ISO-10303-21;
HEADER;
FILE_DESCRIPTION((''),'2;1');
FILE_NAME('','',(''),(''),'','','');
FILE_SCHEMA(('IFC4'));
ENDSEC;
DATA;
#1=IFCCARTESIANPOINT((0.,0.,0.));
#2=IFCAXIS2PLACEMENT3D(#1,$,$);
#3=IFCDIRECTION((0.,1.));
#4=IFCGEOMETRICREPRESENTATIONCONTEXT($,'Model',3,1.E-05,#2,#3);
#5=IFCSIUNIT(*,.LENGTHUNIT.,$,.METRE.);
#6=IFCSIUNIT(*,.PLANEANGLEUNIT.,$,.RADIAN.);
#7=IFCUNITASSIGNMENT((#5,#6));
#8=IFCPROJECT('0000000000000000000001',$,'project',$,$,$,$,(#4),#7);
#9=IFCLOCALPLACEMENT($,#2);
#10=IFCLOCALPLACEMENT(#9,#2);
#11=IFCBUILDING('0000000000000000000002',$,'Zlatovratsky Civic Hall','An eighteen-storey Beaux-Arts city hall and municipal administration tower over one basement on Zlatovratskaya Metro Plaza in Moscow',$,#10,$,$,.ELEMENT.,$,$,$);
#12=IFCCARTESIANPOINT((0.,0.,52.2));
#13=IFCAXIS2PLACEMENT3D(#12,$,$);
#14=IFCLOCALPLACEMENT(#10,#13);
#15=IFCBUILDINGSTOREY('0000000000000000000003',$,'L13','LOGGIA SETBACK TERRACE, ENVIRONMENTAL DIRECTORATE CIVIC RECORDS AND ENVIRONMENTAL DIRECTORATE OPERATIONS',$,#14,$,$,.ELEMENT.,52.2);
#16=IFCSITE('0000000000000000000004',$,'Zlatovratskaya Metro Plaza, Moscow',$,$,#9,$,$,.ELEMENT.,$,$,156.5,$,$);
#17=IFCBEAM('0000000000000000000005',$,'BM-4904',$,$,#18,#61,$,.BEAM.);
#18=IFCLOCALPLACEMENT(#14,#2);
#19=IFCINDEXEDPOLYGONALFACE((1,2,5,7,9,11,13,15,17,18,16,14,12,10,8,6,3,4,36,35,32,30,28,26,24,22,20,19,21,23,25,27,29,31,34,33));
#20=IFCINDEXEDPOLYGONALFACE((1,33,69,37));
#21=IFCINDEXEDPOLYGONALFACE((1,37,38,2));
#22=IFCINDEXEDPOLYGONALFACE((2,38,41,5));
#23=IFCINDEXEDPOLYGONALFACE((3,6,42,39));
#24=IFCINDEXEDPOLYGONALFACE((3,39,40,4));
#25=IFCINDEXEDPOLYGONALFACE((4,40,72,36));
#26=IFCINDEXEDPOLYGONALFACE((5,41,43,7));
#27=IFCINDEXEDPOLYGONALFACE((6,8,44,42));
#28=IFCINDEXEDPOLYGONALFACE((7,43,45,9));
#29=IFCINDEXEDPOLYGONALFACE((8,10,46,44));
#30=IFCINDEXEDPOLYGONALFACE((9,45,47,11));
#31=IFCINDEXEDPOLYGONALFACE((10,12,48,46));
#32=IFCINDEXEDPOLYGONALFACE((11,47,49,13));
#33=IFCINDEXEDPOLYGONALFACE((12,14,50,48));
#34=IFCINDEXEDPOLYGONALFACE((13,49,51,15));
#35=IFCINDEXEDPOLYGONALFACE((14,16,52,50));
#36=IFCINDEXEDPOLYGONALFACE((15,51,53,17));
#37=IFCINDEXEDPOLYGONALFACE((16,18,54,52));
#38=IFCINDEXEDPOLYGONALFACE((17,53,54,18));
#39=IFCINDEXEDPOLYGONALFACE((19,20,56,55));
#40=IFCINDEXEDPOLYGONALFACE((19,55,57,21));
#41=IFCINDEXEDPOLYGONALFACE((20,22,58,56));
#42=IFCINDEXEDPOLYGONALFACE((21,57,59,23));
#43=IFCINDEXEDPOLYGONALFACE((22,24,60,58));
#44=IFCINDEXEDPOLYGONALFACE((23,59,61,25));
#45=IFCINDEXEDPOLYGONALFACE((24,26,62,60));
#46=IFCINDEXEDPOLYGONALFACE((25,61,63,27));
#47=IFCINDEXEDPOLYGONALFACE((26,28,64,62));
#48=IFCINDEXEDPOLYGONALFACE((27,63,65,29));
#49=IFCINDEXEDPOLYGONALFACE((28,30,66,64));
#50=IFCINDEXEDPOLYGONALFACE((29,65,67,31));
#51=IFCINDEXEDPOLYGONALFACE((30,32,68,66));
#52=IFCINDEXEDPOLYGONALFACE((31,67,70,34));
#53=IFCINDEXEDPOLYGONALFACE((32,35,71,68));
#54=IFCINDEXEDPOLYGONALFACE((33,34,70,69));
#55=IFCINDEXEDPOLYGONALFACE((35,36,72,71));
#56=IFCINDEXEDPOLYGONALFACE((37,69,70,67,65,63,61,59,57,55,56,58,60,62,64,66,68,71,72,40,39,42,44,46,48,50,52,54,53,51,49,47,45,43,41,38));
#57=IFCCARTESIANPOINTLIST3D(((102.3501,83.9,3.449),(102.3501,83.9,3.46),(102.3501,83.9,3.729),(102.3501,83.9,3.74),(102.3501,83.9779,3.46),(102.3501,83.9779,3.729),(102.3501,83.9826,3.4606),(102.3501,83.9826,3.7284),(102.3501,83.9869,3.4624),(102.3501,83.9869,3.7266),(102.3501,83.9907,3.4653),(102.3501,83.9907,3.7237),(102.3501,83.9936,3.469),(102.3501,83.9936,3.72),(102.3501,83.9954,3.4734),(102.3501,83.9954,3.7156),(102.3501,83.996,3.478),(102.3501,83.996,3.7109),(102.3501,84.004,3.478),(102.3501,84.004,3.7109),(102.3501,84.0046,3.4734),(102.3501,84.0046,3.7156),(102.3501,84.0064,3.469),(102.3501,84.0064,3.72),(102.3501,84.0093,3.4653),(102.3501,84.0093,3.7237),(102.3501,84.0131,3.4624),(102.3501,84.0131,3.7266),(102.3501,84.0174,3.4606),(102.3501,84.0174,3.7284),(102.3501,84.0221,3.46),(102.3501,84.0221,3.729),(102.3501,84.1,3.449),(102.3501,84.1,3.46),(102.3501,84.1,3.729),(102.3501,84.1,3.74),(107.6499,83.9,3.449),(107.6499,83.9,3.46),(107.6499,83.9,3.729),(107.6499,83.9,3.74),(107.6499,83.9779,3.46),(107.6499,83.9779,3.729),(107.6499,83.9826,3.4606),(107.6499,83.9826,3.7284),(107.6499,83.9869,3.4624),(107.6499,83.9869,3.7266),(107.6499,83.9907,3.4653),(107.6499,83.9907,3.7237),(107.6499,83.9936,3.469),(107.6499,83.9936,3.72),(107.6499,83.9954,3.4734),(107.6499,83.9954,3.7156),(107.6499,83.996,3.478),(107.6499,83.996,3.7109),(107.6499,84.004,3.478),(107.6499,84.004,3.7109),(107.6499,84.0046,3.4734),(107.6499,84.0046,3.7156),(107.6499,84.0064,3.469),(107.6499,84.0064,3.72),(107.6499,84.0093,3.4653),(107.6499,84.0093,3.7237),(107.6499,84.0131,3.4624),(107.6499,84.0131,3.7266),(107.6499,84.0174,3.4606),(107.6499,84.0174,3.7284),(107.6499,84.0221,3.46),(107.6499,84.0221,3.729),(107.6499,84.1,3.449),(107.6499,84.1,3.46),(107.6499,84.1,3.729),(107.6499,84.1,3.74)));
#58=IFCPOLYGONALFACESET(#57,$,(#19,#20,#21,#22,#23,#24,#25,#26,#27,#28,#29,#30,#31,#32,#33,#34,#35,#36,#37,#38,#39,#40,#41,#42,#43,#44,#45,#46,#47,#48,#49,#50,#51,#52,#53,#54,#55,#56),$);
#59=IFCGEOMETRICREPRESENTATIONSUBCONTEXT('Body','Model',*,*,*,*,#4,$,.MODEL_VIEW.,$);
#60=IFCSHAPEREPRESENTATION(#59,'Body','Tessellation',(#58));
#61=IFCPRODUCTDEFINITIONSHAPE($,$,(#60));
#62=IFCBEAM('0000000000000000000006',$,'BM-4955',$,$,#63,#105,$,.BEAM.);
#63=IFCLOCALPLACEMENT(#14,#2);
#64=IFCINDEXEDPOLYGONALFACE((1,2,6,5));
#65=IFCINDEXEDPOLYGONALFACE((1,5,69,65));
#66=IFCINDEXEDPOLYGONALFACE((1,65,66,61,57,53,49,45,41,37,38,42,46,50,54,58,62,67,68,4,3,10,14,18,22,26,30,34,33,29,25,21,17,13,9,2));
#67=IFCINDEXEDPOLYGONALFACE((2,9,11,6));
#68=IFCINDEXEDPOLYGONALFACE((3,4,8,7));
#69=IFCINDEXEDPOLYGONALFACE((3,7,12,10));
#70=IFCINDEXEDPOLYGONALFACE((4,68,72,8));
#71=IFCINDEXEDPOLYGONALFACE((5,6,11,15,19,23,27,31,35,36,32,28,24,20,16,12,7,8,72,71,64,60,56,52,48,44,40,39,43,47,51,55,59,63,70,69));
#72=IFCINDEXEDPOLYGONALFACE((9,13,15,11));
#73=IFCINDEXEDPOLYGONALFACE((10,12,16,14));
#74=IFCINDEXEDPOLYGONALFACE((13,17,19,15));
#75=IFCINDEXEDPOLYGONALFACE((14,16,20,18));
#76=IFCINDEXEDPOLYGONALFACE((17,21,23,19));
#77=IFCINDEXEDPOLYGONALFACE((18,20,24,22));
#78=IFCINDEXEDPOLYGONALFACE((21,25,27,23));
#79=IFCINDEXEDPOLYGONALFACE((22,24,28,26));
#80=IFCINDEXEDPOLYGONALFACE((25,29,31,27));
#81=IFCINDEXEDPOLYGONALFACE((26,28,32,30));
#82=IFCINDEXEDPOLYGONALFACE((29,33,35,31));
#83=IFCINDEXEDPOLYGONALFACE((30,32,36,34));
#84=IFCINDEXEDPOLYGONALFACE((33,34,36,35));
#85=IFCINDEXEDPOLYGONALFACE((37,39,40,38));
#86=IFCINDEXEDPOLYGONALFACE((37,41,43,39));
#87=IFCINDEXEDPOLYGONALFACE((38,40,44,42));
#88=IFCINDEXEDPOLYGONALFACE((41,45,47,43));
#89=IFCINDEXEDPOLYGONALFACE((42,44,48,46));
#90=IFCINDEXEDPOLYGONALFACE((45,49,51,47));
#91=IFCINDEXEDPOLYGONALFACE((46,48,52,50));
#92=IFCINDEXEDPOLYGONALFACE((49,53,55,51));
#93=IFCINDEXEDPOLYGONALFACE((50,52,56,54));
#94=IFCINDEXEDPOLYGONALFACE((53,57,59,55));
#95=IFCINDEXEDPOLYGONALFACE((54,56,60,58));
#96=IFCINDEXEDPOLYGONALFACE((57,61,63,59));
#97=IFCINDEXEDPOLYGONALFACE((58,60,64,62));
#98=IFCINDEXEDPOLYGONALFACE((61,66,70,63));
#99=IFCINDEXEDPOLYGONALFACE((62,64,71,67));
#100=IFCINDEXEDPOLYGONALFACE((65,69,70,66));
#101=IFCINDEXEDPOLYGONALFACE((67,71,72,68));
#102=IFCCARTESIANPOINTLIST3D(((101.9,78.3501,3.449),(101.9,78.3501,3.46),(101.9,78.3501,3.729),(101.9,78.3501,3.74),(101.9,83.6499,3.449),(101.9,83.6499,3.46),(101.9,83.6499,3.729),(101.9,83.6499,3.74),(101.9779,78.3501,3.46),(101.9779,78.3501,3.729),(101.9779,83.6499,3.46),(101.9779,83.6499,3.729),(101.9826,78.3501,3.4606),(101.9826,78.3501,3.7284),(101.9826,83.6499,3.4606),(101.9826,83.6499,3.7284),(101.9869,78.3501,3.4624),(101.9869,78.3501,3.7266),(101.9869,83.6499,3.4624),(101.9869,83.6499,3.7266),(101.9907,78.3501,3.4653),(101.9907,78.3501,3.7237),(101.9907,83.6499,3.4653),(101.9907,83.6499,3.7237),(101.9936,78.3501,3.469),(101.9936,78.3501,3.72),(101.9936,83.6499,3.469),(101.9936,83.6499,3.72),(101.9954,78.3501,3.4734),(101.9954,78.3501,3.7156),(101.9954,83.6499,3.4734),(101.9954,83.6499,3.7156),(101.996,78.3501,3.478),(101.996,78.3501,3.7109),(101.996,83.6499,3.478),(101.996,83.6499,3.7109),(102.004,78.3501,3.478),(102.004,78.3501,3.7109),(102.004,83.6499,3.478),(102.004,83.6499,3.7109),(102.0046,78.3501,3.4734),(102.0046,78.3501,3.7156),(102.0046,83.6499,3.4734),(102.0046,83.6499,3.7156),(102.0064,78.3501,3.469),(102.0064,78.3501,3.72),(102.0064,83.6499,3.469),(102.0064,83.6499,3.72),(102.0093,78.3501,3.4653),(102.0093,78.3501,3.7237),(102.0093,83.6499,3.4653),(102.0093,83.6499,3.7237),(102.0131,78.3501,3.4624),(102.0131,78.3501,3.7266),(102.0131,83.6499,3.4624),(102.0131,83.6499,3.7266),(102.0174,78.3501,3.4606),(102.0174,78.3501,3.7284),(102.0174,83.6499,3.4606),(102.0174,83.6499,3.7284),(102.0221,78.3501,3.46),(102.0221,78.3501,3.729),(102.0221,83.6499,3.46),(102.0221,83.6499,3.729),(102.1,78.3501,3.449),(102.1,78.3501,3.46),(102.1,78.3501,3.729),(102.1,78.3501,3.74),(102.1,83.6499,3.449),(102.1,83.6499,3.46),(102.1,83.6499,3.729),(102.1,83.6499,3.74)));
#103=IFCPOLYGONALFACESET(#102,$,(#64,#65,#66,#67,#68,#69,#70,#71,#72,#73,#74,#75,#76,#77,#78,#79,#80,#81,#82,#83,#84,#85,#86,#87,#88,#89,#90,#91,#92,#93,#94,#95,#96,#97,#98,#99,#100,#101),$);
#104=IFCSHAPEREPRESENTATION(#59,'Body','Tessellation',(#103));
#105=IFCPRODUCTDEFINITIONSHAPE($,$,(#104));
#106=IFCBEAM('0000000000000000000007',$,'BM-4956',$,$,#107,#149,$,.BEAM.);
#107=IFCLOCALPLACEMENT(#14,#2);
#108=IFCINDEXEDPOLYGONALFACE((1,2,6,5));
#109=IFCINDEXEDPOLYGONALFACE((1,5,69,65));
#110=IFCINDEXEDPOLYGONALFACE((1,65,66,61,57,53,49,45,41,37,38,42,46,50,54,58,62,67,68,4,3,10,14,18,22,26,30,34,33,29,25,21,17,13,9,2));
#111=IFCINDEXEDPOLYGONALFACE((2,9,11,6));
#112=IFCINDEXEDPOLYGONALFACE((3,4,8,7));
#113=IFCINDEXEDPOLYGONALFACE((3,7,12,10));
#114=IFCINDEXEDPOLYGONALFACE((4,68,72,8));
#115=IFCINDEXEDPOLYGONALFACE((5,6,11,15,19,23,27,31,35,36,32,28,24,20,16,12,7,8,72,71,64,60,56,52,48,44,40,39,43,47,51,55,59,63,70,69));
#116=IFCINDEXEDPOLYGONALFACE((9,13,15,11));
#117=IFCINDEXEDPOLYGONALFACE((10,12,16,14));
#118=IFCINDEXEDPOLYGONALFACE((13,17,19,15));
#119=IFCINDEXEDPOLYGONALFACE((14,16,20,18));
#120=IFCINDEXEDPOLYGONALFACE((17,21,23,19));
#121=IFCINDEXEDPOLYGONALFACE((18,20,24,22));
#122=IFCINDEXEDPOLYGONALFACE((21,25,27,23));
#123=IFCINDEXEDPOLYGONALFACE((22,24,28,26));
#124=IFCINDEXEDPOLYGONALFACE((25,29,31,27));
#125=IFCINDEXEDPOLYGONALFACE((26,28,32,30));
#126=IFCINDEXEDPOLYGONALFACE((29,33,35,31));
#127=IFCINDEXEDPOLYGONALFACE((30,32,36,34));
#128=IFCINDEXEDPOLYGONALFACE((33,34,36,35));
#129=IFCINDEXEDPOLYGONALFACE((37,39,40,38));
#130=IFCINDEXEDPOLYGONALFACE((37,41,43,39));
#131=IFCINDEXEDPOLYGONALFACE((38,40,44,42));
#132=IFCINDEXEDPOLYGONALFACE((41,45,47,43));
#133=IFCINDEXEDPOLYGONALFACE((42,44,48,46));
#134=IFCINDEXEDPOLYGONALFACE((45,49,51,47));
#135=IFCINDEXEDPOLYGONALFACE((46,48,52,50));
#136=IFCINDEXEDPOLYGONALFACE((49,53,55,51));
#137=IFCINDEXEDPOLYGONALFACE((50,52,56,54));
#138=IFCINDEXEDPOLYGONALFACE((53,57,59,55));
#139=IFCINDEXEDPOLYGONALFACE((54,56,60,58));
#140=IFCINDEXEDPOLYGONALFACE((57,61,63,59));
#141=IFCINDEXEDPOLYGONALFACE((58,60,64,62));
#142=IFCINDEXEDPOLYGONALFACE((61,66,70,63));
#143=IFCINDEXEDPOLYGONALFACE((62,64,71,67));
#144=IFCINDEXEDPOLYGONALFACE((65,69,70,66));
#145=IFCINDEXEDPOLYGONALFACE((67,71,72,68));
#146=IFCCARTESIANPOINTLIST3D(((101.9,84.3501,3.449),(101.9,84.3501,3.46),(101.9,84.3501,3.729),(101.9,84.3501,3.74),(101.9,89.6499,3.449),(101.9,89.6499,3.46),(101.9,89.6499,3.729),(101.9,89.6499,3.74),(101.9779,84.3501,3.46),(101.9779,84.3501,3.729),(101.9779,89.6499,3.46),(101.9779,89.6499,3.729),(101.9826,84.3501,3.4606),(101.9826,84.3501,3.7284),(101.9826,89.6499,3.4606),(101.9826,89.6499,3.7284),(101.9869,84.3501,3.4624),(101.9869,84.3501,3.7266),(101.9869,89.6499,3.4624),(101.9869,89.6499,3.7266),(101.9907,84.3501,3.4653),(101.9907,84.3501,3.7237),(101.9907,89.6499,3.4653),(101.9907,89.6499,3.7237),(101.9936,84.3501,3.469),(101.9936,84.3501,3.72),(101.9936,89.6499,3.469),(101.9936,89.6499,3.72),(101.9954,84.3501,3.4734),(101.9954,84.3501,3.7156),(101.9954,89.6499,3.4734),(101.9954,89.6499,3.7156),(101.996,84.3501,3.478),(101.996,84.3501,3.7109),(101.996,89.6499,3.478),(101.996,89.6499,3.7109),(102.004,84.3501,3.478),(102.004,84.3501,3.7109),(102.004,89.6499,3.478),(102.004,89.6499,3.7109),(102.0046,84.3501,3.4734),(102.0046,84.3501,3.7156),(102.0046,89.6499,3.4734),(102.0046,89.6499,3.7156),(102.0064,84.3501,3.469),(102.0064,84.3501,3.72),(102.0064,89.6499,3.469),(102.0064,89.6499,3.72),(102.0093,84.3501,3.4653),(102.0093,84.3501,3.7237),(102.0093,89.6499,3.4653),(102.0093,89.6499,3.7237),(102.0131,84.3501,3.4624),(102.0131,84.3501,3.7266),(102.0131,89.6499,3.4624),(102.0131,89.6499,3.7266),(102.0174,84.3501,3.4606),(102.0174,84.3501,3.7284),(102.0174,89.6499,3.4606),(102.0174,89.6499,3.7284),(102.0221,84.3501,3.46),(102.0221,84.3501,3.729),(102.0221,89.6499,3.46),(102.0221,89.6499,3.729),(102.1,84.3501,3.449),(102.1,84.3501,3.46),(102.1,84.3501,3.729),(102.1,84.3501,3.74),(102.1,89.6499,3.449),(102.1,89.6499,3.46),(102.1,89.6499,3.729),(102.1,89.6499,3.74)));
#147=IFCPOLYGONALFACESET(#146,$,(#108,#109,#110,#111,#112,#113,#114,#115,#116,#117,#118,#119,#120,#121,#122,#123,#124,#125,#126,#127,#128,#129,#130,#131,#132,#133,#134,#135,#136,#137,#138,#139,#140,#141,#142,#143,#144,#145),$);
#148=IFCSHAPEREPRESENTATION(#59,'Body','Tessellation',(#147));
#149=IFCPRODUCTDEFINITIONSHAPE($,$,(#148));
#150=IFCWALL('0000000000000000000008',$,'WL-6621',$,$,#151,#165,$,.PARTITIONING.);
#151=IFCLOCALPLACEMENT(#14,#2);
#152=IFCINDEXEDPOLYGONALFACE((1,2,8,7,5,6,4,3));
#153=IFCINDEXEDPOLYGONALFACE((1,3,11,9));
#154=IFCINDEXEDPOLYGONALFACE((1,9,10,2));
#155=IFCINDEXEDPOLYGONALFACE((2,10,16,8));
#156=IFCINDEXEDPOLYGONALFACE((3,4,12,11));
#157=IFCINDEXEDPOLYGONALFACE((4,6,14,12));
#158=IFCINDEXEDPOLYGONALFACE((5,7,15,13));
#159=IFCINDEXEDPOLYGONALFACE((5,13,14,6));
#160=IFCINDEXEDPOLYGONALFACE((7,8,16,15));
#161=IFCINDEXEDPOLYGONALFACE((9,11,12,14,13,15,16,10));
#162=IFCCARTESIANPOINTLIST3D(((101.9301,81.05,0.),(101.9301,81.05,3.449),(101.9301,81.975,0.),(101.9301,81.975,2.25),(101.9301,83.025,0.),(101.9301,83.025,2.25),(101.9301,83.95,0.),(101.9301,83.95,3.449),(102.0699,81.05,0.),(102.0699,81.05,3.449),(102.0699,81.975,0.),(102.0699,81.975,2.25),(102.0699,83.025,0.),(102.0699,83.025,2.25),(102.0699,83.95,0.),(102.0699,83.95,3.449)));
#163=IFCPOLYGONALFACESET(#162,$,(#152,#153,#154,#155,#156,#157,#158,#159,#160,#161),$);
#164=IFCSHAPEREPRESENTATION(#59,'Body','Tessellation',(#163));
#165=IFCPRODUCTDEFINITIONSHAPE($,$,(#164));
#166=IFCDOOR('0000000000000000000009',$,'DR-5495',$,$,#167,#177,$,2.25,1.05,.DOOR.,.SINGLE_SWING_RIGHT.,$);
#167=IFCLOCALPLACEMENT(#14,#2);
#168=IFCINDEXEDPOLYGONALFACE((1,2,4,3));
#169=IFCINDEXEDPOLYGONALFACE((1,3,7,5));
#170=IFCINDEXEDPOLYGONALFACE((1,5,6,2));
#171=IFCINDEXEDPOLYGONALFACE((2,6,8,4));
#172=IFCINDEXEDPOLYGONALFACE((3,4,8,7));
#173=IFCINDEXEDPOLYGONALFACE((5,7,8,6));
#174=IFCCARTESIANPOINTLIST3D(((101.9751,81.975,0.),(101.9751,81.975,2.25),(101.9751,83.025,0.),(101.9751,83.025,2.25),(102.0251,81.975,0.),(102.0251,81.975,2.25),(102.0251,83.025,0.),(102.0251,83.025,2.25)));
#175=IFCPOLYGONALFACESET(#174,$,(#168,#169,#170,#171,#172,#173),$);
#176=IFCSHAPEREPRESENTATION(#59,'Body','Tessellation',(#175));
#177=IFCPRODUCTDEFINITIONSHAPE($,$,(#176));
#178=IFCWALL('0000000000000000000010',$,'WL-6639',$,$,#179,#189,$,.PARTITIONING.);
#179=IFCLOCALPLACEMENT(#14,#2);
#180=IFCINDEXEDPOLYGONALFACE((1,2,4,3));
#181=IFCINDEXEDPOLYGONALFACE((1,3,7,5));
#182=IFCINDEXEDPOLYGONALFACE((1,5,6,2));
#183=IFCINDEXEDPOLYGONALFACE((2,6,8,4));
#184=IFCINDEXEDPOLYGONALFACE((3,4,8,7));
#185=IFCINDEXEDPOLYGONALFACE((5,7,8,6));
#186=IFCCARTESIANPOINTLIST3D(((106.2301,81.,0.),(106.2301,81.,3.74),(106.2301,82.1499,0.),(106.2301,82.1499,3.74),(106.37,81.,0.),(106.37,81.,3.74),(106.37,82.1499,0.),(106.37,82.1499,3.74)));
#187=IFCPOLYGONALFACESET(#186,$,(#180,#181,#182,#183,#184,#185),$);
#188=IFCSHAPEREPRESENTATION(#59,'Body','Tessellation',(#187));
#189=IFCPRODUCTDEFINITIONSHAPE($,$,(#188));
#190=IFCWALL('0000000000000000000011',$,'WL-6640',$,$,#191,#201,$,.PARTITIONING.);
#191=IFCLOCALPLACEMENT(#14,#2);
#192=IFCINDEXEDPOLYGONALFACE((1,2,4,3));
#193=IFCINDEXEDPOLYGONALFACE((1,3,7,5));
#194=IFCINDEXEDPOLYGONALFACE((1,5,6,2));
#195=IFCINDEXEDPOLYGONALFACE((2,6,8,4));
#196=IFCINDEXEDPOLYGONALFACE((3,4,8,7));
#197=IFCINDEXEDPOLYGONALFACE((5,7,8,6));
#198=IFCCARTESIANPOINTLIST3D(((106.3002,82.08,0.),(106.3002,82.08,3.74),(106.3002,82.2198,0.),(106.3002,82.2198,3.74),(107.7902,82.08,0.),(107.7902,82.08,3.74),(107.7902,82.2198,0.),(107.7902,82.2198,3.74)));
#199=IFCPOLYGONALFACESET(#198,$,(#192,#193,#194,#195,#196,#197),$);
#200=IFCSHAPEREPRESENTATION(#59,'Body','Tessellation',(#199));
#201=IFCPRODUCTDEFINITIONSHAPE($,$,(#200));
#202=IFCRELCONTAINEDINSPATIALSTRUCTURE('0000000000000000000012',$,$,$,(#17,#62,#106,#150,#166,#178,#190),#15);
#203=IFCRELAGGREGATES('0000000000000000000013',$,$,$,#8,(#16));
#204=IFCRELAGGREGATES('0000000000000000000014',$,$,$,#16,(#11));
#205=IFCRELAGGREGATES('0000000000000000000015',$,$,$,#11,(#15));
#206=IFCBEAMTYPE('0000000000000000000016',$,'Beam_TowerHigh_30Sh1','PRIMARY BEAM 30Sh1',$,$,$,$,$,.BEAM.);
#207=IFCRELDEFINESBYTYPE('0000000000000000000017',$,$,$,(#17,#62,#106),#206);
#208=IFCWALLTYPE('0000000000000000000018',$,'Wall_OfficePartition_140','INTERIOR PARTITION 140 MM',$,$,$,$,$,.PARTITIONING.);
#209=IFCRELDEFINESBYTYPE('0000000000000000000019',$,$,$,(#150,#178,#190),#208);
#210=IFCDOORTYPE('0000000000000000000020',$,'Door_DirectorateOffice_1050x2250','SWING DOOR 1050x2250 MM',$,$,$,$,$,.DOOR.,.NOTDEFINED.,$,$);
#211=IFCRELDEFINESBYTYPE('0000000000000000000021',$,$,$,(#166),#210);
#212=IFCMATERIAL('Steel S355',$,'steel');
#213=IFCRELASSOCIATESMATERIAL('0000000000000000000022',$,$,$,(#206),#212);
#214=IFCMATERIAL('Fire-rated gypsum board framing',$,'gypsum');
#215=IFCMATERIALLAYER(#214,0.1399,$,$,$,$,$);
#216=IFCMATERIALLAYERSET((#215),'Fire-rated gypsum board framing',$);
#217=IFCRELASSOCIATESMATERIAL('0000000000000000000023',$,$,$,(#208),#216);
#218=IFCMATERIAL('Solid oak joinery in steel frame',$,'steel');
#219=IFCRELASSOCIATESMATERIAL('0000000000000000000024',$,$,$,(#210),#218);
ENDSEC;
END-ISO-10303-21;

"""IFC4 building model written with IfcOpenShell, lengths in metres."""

from ifc_helpers import new_model, si_unit, direction, frame, frame_2d, origin, origin_2d, place, context, subcontext, project, spatial, rectangle, i_section, extrude, material, layer, layer_set, material_profile, profile_set, type_object, element, fill, save


model = new_model("IFC4")

# Units and contexts
model_context = context("Model", 3, precision=1e-05, world=origin(), true_north=direction((0.0, 1.0)))
body_context = subcontext(model_context, "Body", "Model", "MODEL_VIEW")
ifc_project = project(units=[si_unit("LENGTHUNIT", "METRE"), si_unit("PLANEANGLEUNIT", "RADIAN")], contexts=[model_context])

# Site, building, storey
site_placement = place(None, origin())
site = spatial("IfcSite", under=ifc_project, at=site_placement, Name="Zlatovratskaya Metro Plaza, Moscow", CompositionType="ELEMENT", RefElevation=156.5)
building_placement = place(site_placement, origin())
building = spatial("IfcBuilding", under=site, at=building_placement, Name="Zlatovratsky Civic Hall", Description="An eighteen-storey Beaux-Arts city hall and municipal administration tower over one basement on Zlatovratskaya Metro Plaza in Moscow", CompositionType="ELEMENT")
storey_placement = place(building_placement, frame((0.0, 0.0, 52.2)))
storey = spatial("IfcBuildingStorey", under=building, at=storey_placement, Name="L13", Description="LOGGIA SETBACK TERRACE, ENVIRONMENTAL DIRECTORATE CIVIC RECORDS AND ENVIRONMENTAL DIRECTORATE OPERATIONS", CompositionType="ELEMENT", Elevation=52.2)

# Beams
ifc_material_1 = material(Name="Steel S355", Category="steel")
ifc_material_profile_1 = material_profile(ifc_material_1, i_section(OverallWidth=0.2, OverallDepth=0.291, WebThickness=0.0081, FlangeThickness=0.011, FilletRadius=0.0181, at=origin_2d()), Name="30Sh1")
ifc_profile_set_1 = profile_set([ifc_material_profile_1], Name="Steel S355")
beam_type_1 = type_object("IfcBeamType", Name="Beam_TowerHigh_30Sh1", Description="PRIMARY BEAM 30Sh1", PredefinedType="BEAM", material=ifc_profile_set_1)
for number, where, z_axis, x_axis, name in (
    (1, (102.3501, 84.0, 3.5945), (1.0, 0.0, 0.0), (0.0, 1.0, 0.0), "BM-4904"),
    (2, (102.0, 78.3501, 3.5945), (0.0, 1.0, 0.0), (-1.0, 0.0, 0.0), "BM-4955"),
    (3, (102.0, 84.3501, 3.5945), (0.0, 1.0, 0.0), (-1.0, 0.0, 0.0), "BM-4956"),
):
    element("IfcBeam", number, at=place(storey_placement, frame(where, z_axis=z_axis, x_axis=x_axis)), inside=storey, type_object=beam_type_1, Name=name, PredefinedType="BEAM", context=body_context, shape_type="SweptSolid", body=[
        extrude(i_section(OverallWidth=0.2, OverallDepth=0.291, WebThickness=0.0081, FlangeThickness=0.011, FilletRadius=0.0181, at=origin_2d()), origin(), (0.0, 0.0, 1.0), 5.2998),
    ])

# Wall, opening, door
ifc_material_2 = material(Name="Fire-rated gypsum board framing", Category="gypsum")
ifc_layer_1 = layer(ifc_material_2, 0.1399)
ifc_layer_set_1 = layer_set([ifc_layer_1], Name="Fire-rated gypsum board framing")
wall_type_1 = type_object("IfcWallType", Name="Wall_OfficePartition_140", Description="INTERIOR PARTITION 140 MM", PredefinedType="PARTITIONING", material=ifc_layer_set_1)
wall_1_placement = place(storey_placement, frame((102.0, 81.05, 0.0), z_axis=(0.0, 0.0, 1.0), x_axis=(0.0, 1.0, 0.0)))
wall_1 = element("IfcWall", 4, at=wall_1_placement, inside=storey, type_object=wall_type_1, Name="WL-6621", PredefinedType="PARTITIONING", context=body_context, shape_type="SweptSolid", body=[
    extrude(rectangle(XDim=2.8999, YDim=0.1399, at=frame_2d((1.45, 0.0))), origin(), (0.0, 0.0, 1.0), 3.449),
])
opening_1_placement = place(wall_1_placement, frame((0.925, 0.0, 0.0)))
opening_1 = element("IfcOpeningElement", 5, at=opening_1_placement, cuts=wall_1, PredefinedType="OPENING", context=body_context, shape_type="SweptSolid", body=[
    extrude(rectangle(XDim=1.05, YDim=2.25, at=frame_2d((0.5249, 1.125))), frame((0.0, 0.085, 0.0), z_axis=(0.0, -1.0, 0.0), x_axis=(1.0, 0.0, 0.0)), (0.0, 0.0, 1.0), 0.1697),
])
ifc_material_3 = material(Name="Solid oak joinery in steel frame", Category="steel")
door_type = type_object("IfcDoorType", Name="Door_DirectorateOffice_1050x2250", Description="SWING DOOR 1050x2250 MM", OperationType="NOTDEFINED", PredefinedType="DOOR", material=ifc_material_3)
door_placement = place(opening_1_placement, origin())
door = element("IfcDoor", 6, at=door_placement, inside=storey, type_object=door_type, Name="DR-5495", OperationType="SINGLE_SWING_RIGHT", OverallHeight=2.25, OverallWidth=1.05, PredefinedType="DOOR", context=body_context, shape_type="SweptSolid", body=[
    extrude(rectangle(XDim=1.05, YDim=2.25, at=frame_2d((0.5249, 1.125))), frame((0.0, 0.0249, 0.0), z_axis=(0.0, -1.0, 0.0), x_axis=(1.0, 0.0, 0.0)), (0.0, 0.0, 1.0), 0.05),
])
fill(opening_1, door)

# Walls
wall_2_placement = place(storey_placement, frame((106.3, 81.0, 0.0), z_axis=(0.0, 0.0, 1.0), x_axis=(0.0, 1.0, 0.0)))
element("IfcWall", 7, at=wall_2_placement, inside=storey, type_object=wall_type_1, Name="WL-6639", PredefinedType="PARTITIONING", context=body_context, shape_type="SweptSolid", body=[
    extrude(rectangle(XDim=1.1499, YDim=0.1399, at=frame_2d((0.575, 0.0))), origin(), (0.0, 0.0, 1.0), 3.74),
])
wall_3_placement = place(storey_placement, frame((106.3, 82.1499, 0.0), z_axis=(0.0, 0.0, 1.0), x_axis=(1.0, 0.0, 0.0)))
element("IfcWall", 8, at=wall_3_placement, inside=storey, type_object=wall_type_1, Name="WL-6640", PredefinedType="PARTITIONING", context=body_context, shape_type="SweptSolid", body=[
    extrude(rectangle(XDim=1.49, YDim=0.1399, at=frame_2d((0.7451, 0.0))), origin(), (0.0, 0.0, 1.0), 3.74),
])

save(model, "model.ifc")
